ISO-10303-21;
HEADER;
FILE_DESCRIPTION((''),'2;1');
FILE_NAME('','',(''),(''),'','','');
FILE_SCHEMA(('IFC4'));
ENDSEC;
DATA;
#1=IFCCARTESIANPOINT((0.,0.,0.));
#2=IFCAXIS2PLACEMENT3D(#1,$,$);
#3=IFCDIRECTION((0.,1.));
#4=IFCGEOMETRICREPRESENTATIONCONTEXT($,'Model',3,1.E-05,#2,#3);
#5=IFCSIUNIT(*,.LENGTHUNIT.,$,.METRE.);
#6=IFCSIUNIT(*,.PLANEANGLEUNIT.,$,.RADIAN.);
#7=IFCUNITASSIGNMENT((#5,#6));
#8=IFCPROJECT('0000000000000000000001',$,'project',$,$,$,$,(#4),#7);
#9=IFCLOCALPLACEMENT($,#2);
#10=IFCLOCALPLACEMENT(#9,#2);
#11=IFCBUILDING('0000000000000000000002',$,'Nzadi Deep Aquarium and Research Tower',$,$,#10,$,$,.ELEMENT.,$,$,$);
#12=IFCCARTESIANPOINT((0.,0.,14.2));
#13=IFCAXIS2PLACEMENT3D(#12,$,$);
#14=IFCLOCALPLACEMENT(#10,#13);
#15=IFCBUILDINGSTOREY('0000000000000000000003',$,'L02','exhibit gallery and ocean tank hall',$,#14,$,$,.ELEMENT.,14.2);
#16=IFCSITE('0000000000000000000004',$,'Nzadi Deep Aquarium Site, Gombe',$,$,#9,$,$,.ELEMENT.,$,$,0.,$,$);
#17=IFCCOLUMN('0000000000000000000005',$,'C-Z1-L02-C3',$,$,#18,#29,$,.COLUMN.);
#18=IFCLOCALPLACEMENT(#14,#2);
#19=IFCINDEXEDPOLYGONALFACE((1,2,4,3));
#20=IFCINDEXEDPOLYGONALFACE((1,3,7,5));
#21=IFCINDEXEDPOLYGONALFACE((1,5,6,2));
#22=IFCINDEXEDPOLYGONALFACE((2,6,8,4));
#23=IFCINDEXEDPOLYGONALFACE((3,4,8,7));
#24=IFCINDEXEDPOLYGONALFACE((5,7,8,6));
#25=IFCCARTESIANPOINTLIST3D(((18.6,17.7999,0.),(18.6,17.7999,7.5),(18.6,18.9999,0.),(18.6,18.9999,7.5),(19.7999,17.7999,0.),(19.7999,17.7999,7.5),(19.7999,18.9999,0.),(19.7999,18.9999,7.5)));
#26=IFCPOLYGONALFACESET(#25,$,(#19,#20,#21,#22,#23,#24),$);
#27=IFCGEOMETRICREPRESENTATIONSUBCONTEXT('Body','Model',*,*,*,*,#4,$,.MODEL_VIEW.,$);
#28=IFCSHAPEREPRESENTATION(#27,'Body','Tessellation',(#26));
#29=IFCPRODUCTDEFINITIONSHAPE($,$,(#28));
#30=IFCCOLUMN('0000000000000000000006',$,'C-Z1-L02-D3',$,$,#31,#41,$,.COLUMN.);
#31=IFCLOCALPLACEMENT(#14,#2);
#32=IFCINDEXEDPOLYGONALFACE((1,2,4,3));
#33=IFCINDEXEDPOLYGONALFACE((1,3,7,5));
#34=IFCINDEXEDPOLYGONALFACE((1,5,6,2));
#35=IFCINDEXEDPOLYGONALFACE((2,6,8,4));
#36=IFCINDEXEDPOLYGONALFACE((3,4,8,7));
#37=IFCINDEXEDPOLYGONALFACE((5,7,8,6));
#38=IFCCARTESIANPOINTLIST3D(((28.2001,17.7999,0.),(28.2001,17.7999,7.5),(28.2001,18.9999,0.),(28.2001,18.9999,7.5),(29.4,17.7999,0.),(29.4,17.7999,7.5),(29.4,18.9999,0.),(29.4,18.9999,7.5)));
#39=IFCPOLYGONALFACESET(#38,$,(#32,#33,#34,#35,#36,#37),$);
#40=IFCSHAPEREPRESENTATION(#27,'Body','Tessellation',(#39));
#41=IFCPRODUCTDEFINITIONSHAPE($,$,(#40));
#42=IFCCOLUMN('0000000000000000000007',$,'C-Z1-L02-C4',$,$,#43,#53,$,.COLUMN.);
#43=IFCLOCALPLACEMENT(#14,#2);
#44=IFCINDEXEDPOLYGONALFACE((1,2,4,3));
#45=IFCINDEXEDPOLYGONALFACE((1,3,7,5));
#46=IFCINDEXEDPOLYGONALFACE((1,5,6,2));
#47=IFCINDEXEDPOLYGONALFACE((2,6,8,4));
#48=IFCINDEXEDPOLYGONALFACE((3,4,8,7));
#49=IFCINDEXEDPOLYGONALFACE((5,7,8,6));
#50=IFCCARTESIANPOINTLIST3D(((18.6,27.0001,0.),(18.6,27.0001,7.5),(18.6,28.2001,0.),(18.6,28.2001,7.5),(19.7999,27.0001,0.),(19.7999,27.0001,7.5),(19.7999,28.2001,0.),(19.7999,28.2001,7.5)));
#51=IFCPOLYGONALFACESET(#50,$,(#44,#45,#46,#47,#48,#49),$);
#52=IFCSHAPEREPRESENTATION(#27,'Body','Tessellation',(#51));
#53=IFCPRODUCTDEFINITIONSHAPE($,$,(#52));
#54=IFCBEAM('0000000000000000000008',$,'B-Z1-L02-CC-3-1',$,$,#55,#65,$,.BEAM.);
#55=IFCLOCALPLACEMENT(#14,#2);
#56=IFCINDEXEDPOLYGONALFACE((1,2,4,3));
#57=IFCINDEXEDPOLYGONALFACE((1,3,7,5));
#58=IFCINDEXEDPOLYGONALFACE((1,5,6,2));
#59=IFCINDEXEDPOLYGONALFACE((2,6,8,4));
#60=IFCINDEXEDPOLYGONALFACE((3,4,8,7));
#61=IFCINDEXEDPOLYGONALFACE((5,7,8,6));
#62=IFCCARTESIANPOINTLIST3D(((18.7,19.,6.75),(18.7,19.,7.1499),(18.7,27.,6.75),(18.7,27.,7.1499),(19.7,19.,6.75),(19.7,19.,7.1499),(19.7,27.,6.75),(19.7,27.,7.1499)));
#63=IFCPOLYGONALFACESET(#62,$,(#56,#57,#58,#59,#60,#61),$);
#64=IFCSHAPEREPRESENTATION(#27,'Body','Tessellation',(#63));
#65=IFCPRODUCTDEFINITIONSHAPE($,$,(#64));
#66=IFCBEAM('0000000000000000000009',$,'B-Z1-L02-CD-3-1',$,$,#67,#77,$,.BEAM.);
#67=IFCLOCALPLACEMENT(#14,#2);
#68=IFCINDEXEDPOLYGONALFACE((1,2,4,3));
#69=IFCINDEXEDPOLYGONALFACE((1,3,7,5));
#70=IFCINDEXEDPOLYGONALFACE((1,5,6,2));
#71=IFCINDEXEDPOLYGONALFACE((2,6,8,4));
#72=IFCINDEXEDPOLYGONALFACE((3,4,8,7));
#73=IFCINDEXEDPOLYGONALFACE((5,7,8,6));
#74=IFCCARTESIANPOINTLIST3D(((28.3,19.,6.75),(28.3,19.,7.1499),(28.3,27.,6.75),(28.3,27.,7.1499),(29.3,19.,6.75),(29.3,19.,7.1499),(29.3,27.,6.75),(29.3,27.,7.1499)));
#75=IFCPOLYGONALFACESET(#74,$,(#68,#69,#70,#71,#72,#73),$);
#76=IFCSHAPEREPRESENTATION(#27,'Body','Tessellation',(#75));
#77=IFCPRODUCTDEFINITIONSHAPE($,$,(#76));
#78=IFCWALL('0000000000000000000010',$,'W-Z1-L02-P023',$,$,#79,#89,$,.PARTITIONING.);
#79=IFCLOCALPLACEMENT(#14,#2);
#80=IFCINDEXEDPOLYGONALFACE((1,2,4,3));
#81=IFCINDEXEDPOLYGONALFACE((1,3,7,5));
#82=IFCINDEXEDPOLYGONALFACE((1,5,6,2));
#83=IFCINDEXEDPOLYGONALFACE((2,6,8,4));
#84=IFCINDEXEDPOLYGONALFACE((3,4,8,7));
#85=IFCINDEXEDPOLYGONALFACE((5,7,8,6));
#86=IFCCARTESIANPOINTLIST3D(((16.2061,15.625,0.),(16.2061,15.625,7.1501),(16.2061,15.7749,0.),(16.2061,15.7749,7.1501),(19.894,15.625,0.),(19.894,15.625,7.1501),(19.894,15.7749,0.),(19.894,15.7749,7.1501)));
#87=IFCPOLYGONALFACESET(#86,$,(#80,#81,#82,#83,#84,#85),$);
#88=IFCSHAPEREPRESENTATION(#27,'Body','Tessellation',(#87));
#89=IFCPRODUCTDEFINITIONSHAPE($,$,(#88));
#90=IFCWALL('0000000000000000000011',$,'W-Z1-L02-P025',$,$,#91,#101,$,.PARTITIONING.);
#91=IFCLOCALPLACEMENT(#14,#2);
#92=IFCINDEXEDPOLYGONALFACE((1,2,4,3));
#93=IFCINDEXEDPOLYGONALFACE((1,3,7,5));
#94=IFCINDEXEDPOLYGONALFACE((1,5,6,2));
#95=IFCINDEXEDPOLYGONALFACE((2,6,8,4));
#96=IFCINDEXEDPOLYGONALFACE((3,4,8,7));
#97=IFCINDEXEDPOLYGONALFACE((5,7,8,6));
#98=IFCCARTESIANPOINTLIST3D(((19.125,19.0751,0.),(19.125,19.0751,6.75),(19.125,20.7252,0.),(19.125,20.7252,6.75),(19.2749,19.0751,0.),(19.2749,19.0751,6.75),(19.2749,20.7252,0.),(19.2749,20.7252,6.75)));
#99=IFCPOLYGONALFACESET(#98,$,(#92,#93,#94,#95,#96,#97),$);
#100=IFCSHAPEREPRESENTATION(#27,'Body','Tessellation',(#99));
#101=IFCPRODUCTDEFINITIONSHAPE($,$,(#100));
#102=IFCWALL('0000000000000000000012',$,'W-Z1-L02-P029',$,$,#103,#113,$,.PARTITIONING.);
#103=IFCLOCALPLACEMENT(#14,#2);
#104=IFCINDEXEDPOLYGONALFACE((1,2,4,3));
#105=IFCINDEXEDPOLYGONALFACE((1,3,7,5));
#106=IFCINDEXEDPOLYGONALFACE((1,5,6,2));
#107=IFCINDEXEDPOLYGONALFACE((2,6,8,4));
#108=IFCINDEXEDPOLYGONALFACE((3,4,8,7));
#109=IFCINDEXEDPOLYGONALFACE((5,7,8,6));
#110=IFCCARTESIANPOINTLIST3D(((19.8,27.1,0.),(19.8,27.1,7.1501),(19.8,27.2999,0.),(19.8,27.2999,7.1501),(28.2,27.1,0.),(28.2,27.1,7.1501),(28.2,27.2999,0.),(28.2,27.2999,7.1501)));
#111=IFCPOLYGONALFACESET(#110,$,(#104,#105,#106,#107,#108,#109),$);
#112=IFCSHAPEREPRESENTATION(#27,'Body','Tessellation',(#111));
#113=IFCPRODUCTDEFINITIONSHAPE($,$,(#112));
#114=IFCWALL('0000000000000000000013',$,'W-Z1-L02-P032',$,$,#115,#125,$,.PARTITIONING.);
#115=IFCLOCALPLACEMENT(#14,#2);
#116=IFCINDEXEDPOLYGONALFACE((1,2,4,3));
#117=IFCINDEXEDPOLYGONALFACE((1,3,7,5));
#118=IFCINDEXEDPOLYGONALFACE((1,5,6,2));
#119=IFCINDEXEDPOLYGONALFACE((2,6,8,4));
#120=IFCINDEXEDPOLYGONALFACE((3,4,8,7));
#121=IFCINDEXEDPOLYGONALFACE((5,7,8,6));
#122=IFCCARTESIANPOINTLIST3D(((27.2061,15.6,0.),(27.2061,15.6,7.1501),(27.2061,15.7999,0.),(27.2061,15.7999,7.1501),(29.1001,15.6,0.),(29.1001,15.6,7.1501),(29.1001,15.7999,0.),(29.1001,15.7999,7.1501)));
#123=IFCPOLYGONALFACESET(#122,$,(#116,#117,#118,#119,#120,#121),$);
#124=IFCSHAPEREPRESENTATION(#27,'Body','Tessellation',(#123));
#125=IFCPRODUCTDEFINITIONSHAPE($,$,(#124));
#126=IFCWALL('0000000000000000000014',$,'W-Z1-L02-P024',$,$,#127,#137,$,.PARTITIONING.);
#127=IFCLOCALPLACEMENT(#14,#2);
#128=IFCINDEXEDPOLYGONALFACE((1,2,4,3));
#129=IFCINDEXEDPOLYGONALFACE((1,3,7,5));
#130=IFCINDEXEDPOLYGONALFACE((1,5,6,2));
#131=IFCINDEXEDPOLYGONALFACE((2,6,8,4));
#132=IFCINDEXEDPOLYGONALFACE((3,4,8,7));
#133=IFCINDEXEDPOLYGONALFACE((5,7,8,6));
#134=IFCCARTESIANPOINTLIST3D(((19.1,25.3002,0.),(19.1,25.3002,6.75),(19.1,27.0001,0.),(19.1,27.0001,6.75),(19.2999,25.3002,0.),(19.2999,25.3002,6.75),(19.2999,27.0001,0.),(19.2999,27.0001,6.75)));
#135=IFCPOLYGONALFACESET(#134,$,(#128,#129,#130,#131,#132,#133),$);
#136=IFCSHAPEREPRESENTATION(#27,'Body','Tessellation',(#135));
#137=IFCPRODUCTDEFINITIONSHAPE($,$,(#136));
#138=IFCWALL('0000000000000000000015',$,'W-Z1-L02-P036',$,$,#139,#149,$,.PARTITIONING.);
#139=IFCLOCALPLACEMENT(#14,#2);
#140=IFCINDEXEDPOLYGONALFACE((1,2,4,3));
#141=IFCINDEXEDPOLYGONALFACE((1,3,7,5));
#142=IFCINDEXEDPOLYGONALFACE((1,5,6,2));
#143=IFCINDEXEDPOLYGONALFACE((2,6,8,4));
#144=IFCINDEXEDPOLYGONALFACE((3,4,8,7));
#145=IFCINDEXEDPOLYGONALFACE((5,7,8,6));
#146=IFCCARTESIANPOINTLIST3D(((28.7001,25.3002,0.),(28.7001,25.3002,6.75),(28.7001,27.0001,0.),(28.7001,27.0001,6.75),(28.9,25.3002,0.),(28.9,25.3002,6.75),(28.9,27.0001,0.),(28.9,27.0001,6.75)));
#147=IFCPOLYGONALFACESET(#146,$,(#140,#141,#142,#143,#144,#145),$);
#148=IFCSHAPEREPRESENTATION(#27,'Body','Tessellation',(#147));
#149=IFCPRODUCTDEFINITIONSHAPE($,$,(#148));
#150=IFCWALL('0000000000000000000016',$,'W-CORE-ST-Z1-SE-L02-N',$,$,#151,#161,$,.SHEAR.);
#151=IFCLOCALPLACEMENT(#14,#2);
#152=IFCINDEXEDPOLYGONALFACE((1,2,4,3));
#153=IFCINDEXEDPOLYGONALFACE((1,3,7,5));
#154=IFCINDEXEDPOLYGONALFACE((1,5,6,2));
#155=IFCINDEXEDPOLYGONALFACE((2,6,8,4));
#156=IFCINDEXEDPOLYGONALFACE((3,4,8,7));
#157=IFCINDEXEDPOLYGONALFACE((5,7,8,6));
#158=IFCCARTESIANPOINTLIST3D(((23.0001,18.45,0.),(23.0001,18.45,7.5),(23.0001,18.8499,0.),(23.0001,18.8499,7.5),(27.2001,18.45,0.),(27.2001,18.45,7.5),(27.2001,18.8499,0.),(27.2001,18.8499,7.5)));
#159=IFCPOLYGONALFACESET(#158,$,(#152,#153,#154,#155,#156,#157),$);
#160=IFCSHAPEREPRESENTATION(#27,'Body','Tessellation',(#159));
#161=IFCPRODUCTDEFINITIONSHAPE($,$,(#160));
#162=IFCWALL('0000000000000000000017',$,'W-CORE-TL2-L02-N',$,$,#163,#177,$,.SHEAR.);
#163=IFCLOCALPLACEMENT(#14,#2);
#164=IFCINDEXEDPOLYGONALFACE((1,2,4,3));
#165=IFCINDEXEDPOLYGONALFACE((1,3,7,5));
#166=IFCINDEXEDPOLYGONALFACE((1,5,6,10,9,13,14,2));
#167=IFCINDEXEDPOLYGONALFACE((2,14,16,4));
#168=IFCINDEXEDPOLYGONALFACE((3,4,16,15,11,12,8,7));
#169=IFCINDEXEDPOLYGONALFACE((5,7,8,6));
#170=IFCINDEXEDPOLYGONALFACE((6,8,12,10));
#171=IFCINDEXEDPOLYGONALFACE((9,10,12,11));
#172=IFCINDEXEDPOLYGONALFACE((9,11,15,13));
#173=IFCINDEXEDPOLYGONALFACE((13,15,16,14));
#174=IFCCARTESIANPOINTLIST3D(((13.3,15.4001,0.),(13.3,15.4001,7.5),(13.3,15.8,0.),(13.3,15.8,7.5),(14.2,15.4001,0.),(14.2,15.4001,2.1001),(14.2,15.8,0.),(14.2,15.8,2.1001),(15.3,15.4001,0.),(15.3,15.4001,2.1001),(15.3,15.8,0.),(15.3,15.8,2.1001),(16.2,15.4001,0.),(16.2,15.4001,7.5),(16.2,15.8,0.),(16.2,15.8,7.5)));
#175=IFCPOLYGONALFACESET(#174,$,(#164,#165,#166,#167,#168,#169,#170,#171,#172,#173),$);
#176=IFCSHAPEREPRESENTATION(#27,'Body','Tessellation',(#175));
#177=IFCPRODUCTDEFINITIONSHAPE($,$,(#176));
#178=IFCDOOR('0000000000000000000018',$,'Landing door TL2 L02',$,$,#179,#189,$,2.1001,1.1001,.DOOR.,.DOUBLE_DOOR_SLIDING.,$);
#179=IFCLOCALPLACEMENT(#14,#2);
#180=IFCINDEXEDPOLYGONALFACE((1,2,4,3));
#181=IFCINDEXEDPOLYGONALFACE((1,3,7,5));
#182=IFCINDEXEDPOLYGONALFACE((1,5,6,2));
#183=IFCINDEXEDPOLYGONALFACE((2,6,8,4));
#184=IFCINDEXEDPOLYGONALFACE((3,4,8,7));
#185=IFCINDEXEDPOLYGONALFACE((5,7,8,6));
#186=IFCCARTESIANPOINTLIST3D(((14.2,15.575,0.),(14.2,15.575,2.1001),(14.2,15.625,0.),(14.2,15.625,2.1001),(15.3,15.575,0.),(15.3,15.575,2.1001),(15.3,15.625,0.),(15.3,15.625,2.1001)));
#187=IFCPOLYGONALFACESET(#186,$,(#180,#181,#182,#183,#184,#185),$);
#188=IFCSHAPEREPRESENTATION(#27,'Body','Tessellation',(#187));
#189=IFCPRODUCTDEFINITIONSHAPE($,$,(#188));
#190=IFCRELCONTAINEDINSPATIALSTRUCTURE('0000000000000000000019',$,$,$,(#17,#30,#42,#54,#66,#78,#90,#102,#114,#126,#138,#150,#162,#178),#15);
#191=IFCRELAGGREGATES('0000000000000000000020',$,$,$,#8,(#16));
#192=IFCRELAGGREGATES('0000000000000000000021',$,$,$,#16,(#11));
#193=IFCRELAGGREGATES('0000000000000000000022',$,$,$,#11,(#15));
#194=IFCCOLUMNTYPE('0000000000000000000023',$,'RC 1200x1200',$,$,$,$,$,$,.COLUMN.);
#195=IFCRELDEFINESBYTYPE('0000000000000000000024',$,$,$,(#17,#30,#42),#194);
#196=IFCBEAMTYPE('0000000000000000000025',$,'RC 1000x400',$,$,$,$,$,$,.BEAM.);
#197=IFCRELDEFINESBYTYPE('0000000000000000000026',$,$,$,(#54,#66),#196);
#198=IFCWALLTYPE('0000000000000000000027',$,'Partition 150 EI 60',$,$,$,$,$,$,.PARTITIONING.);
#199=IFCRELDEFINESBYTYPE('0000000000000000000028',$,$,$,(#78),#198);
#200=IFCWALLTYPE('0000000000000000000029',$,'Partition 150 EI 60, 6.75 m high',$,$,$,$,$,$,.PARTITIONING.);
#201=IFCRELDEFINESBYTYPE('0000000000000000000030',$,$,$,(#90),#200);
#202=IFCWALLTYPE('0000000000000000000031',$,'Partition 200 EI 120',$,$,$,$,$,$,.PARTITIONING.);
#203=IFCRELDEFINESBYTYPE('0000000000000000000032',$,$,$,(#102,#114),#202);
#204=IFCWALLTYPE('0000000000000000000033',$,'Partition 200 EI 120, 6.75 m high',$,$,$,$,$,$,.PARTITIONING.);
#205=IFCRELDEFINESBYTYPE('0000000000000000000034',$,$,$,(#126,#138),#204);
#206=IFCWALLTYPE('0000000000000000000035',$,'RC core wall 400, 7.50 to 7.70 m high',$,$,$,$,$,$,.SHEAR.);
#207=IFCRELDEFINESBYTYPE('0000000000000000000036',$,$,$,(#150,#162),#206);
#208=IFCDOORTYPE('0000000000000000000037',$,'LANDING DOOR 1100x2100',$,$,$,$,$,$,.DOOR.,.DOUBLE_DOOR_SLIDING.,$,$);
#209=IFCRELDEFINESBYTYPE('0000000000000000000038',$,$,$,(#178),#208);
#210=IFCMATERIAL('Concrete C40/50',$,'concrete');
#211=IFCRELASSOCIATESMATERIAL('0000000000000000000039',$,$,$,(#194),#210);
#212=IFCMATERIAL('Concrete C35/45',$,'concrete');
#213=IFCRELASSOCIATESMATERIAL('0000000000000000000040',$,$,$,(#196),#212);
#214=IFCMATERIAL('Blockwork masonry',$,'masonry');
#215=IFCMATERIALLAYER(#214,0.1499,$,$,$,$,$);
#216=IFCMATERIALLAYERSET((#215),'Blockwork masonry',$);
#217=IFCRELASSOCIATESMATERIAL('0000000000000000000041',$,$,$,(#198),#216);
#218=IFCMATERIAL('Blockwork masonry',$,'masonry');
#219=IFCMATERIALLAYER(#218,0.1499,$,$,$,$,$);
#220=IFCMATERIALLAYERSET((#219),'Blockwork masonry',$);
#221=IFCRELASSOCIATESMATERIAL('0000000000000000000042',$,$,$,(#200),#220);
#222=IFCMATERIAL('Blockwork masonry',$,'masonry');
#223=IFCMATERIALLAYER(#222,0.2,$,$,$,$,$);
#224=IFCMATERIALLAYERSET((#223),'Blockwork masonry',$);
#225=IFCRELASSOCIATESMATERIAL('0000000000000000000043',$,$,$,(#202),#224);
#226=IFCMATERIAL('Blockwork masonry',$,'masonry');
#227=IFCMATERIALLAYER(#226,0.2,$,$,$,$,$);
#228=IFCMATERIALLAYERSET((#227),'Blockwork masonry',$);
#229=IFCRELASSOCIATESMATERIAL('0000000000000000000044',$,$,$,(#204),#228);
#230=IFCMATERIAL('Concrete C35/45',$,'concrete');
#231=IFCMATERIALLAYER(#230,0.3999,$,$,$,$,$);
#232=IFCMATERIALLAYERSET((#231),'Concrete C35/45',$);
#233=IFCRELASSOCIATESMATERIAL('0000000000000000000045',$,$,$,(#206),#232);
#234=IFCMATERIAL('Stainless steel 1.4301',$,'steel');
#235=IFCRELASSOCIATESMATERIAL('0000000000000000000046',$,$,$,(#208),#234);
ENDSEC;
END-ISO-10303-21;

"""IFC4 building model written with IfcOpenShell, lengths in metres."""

from ifc_helpers import new_model, si_unit, direction, frame, frame_2d, origin, origin_2d, place, context, subcontext, project, spatial, rectangle, extrude, material, layer, layer_set, material_profile, profile_set, type_object, element, fill, save


model = new_model("IFC4")

# Units and contexts
model_context = context("Model", 3, precision=1e-05, world=origin(), true_north=direction((0.0, 1.0)))
body_context = subcontext(model_context, "Body", "Model", "MODEL_VIEW")
ifc_project = project(units=[si_unit("LENGTHUNIT", "METRE"), si_unit("PLANEANGLEUNIT", "RADIAN")], contexts=[model_context])

# Site, building, storey
site_placement = place(None, origin())
site = spatial("IfcSite", under=ifc_project, at=site_placement, Name="Nzadi Deep Aquarium Site, Gombe", CompositionType="ELEMENT", RefElevation=0.0)
building_placement = place(site_placement, origin())
building = spatial("IfcBuilding", under=site, at=building_placement, Name="Nzadi Deep Aquarium and Research Tower", CompositionType="ELEMENT")
storey_placement = place(building_placement, frame((0.0, 0.0, 14.2)))
storey = spatial("IfcBuildingStorey", under=building, at=storey_placement, Name="L02", Description="exhibit gallery and ocean tank hall", CompositionType="ELEMENT", Elevation=14.2)

# Columns
ifc_material_1 = material(Name="Concrete C40/50", Category="concrete")
ifc_material_profile_1 = material_profile(ifc_material_1, rectangle(XDim=1.2, YDim=1.2, at=origin_2d()))
ifc_profile_set_1 = profile_set([ifc_material_profile_1], Name="Concrete C40/50")
column_type = type_object("IfcColumnType", Name="RC 1200x1200", PredefinedType="COLUMN", material=ifc_profile_set_1)
for number, where, z_axis, x_axis, name in (
    (1, (19.2, 18.3999, 0.0), (0.0, 0.0, 1.0), (1.0, 0.0, 0.0), "C-Z1-L02-C3"),
    (2, (28.8, 18.3999, 0.0), (0.0, 0.0, 1.0), (1.0, 0.0, 0.0), "C-Z1-L02-D3"),
    (3, (19.2, 27.6001, 0.0), (0.0, 0.0, 1.0), (1.0, 0.0, 0.0), "C-Z1-L02-C4"),
):
    element("IfcColumn", number, at=place(storey_placement, frame(where, z_axis=z_axis, x_axis=x_axis)), inside=storey, type_object=column_type, Name=name, PredefinedType="COLUMN", context=body_context, shape_type="SweptSolid", body=[
        extrude(rectangle(XDim=1.2, YDim=1.2, at=origin_2d()), origin(), (0.0, 0.0, 1.0), 7.5),
    ])

# Beams
ifc_material_2 = material(Name="Concrete C35/45", Category="concrete")
ifc_material_profile_2 = material_profile(ifc_material_2, rectangle(XDim=1.0, YDim=0.3999, at=origin_2d()))
ifc_profile_set_2 = profile_set([ifc_material_profile_2], Name="Concrete C35/45")
beam_type = type_object("IfcBeamType", Name="RC 1000x400", PredefinedType="BEAM", material=ifc_profile_set_2)
for number, where, z_axis, x_axis, name in (
    (4, (19.2, 19.0, 6.95), (0.0, 1.0, 0.0), (-1.0, 0.0, 0.0), "B-Z1-L02-CC-3-1"),
    (5, (28.8, 19.0, 6.95), (0.0, 1.0, 0.0), (-1.0, 0.0, 0.0), "B-Z1-L02-CD-3-1"),
):
    element("IfcBeam", number, at=place(storey_placement, frame(where, z_axis=z_axis, x_axis=x_axis)), inside=storey, type_object=beam_type, Name=name, PredefinedType="BEAM", context=body_context, shape_type="SweptSolid", body=[
        extrude(rectangle(XDim=1.0, YDim=0.3999, at=origin_2d()), origin(), (0.0, 0.0, 1.0), 8.0),
    ])

# Walls
ifc_material_3 = material(Name="Blockwork masonry", Category="masonry")
ifc_layer_1 = layer(ifc_material_3, 0.1499)
ifc_layer_set_1 = layer_set([ifc_layer_1], Name="Blockwork masonry")
wall_type_1 = type_object("IfcWallType", Name="Partition 150 EI 60", PredefinedType="PARTITIONING", material=ifc_layer_set_1)
wall_1_placement = place(storey_placement, frame((16.2061, 15.7, 0.0), z_axis=(0.0, 0.0, 1.0), x_axis=(1.0, 0.0, 0.0)))
element("IfcWall", 6, at=wall_1_placement, inside=storey, type_object=wall_type_1, Name="W-Z1-L02-P023", PredefinedType="PARTITIONING", context=body_context, shape_type="SweptSolid", body=[
    extrude(rectangle(XDim=3.688, YDim=0.1499, at=frame_2d((1.844, 0.0))), origin(), (0.0, 0.0, 1.0), 7.1501),
])
ifc_material_4 = material(Name="Blockwork masonry", Category="masonry")
ifc_layer_2 = layer(ifc_material_4, 0.1499)
ifc_layer_set_2 = layer_set([ifc_layer_2], Name="Blockwork masonry")
wall_type_2 = type_object("IfcWallType", Name="Partition 150 EI 60, 6.75 m high", PredefinedType="PARTITIONING", material=ifc_layer_set_2)
wall_2_placement = place(storey_placement, frame((19.2, 19.075, 0.0), z_axis=(0.0, 0.0, 1.0), x_axis=(0.0, 1.0, 0.0)))
element("IfcWall", 7, at=wall_2_placement, inside=storey, type_object=wall_type_2, Name="W-Z1-L02-P025", PredefinedType="PARTITIONING", context=body_context, shape_type="SweptSolid", body=[
    extrude(rectangle(XDim=1.6501, YDim=0.1499, at=frame_2d((0.8252, 0.0))), origin(), (0.0, 0.0, 1.0), 6.75),
])
ifc_material_5 = material(Name="Blockwork masonry", Category="masonry")
ifc_layer_3 = layer(ifc_material_5, 0.2)
ifc_layer_set_3 = layer_set([ifc_layer_3], Name="Blockwork masonry")
wall_type_3 = type_object("IfcWallType", Name="Partition 200 EI 120", PredefinedType="PARTITIONING", material=ifc_layer_set_3)
wall_3_placement = place(storey_placement, frame((19.8, 27.2, 0.0), z_axis=(0.0, 0.0, 1.0), x_axis=(1.0, 0.0, 0.0)))
element("IfcWall", 8, at=wall_3_placement, inside=storey, type_object=wall_type_3, Name="W-Z1-L02-P029", PredefinedType="PARTITIONING", context=body_context, shape_type="SweptSolid", body=[
    extrude(rectangle(XDim=8.3999, YDim=0.2, at=frame_2d((4.2, 0.0))), origin(), (0.0, 0.0, 1.0), 7.1501),
])
wall_4_placement = place(storey_placement, frame((27.2061, 15.7, 0.0), z_axis=(0.0, 0.0, 1.0), x_axis=(1.0, 0.0, 0.0)))
element("IfcWall", 9, at=wall_4_placement, inside=storey, type_object=wall_type_3, Name="W-Z1-L02-P032", PredefinedType="PARTITIONING", context=body_context, shape_type="SweptSolid", body=[
    extrude(rectangle(XDim=1.894, YDim=0.2, at=frame_2d((0.947, 0.0))), origin(), (0.0, 0.0, 1.0), 7.1501),
])
ifc_material_6 = material(Name="Blockwork masonry", Category="masonry")
ifc_layer_4 = layer(ifc_material_6, 0.2)
ifc_layer_set_4 = layer_set([ifc_layer_4], Name="Blockwork masonry")
wall_type_4 = type_object("IfcWallType", Name="Partition 200 EI 120, 6.75 m high", PredefinedType="PARTITIONING", material=ifc_layer_set_4)
for number, where, z_axis, x_axis, name in (
    (10, (19.2, 25.3, 0.0), (0.0, 0.0, 1.0), (0.0, 1.0, 0.0), "W-Z1-L02-P024"),
    (11, (28.8, 25.3, 0.0), (0.0, 0.0, 1.0), (0.0, 1.0, 0.0), "W-Z1-L02-P036"),
):
    element("IfcWall", number, at=place(storey_placement, frame(where, z_axis=z_axis, x_axis=x_axis)), inside=storey, type_object=wall_type_4, Name=name, PredefinedType="PARTITIONING", context=body_context, shape_type="SweptSolid", body=[
        extrude(rectangle(XDim=1.7, YDim=0.2, at=frame_2d((0.8501, 0.0))), origin(), (0.0, 0.0, 1.0), 6.75),
    ])
ifc_material_7 = material(Name="Concrete C35/45", Category="concrete")
ifc_layer_5 = layer(ifc_material_7, 0.3999)
ifc_layer_set_5 = layer_set([ifc_layer_5], Name="Concrete C35/45")
wall_type_5 = type_object("IfcWallType", Name="RC core wall 400, 7.50 to 7.70 m high", PredefinedType="SHEAR", material=ifc_layer_set_5)
wall_5_placement = place(storey_placement, frame((23.0, 18.6499, 0.0), z_axis=(0.0, 0.0, 1.0), x_axis=(1.0, 0.0, 0.0)))
element("IfcWall", 12, at=wall_5_placement, inside=storey, type_object=wall_type_5, Name="W-CORE-ST-Z1-SE-L02-N", PredefinedType="SHEAR", context=body_context, shape_type="SweptSolid", body=[
    extrude(rectangle(XDim=4.2, YDim=0.3999, at=frame_2d((2.1001, 0.0))), origin(), (0.0, 0.0, 1.0), 7.5),
])

# Wall, opening, door
wall_6_placement = place(storey_placement, frame((13.3, 15.6001, 0.0), z_axis=(0.0, 0.0, 1.0), x_axis=(1.0, 0.0, 0.0)))
wall_6 = element("IfcWall", 13, at=wall_6_placement, inside=storey, type_object=wall_type_5, Name="W-CORE-TL2-L02-N", PredefinedType="SHEAR", context=body_context, shape_type="SweptSolid", body=[
    extrude(rectangle(XDim=2.8999, YDim=0.3999, at=frame_2d((1.45, 0.0))), origin(), (0.0, 0.0, 1.0), 7.5),
])
opening_1_placement = place(wall_6_placement, frame((0.8999, 0.0, 0.0)))
opening_1 = element("IfcOpeningElement", 14, at=opening_1_placement, cuts=wall_6, PredefinedType="OPENING", context=body_context, shape_type="SweptSolid", body=[
    extrude(rectangle(XDim=1.1001, YDim=2.1001, at=frame_2d((0.55, 1.05))), frame((0.0, 0.21, 0.0), z_axis=(0.0, -1.0, 0.0), x_axis=(1.0, 0.0, 0.0)), (0.0, 0.0, 1.0), 0.4199),
])
ifc_material_8 = material(Name="Stainless steel 1.4301", Category="steel")
door_type_1 = type_object("IfcDoorType", Name="LANDING DOOR 1100x2100", OperationType="DOUBLE_DOOR_SLIDING", PredefinedType="DOOR", material=ifc_material_8)
door_1_placement = place(opening_1_placement, origin())
door_1 = element("IfcDoor", 15, at=door_1_placement, inside=storey, type_object=door_type_1, Name="Landing door TL2 L02", OperationType="DOUBLE_DOOR_SLIDING", OverallHeight=2.1001, OverallWidth=1.1001, PredefinedType="DOOR", context=body_context, shape_type="SweptSolid", body=[
    extrude(rectangle(XDim=1.1001, YDim=2.1001, at=frame_2d((0.55, 1.05))), frame((0.0, 0.0249, 0.0), z_axis=(0.0, -1.0, 0.0), x_axis=(1.0, 0.0, 0.0)), (0.0, 0.0, 1.0), 0.05),
])
fill(opening_1, door_1)

save(model, "model.ifc")
